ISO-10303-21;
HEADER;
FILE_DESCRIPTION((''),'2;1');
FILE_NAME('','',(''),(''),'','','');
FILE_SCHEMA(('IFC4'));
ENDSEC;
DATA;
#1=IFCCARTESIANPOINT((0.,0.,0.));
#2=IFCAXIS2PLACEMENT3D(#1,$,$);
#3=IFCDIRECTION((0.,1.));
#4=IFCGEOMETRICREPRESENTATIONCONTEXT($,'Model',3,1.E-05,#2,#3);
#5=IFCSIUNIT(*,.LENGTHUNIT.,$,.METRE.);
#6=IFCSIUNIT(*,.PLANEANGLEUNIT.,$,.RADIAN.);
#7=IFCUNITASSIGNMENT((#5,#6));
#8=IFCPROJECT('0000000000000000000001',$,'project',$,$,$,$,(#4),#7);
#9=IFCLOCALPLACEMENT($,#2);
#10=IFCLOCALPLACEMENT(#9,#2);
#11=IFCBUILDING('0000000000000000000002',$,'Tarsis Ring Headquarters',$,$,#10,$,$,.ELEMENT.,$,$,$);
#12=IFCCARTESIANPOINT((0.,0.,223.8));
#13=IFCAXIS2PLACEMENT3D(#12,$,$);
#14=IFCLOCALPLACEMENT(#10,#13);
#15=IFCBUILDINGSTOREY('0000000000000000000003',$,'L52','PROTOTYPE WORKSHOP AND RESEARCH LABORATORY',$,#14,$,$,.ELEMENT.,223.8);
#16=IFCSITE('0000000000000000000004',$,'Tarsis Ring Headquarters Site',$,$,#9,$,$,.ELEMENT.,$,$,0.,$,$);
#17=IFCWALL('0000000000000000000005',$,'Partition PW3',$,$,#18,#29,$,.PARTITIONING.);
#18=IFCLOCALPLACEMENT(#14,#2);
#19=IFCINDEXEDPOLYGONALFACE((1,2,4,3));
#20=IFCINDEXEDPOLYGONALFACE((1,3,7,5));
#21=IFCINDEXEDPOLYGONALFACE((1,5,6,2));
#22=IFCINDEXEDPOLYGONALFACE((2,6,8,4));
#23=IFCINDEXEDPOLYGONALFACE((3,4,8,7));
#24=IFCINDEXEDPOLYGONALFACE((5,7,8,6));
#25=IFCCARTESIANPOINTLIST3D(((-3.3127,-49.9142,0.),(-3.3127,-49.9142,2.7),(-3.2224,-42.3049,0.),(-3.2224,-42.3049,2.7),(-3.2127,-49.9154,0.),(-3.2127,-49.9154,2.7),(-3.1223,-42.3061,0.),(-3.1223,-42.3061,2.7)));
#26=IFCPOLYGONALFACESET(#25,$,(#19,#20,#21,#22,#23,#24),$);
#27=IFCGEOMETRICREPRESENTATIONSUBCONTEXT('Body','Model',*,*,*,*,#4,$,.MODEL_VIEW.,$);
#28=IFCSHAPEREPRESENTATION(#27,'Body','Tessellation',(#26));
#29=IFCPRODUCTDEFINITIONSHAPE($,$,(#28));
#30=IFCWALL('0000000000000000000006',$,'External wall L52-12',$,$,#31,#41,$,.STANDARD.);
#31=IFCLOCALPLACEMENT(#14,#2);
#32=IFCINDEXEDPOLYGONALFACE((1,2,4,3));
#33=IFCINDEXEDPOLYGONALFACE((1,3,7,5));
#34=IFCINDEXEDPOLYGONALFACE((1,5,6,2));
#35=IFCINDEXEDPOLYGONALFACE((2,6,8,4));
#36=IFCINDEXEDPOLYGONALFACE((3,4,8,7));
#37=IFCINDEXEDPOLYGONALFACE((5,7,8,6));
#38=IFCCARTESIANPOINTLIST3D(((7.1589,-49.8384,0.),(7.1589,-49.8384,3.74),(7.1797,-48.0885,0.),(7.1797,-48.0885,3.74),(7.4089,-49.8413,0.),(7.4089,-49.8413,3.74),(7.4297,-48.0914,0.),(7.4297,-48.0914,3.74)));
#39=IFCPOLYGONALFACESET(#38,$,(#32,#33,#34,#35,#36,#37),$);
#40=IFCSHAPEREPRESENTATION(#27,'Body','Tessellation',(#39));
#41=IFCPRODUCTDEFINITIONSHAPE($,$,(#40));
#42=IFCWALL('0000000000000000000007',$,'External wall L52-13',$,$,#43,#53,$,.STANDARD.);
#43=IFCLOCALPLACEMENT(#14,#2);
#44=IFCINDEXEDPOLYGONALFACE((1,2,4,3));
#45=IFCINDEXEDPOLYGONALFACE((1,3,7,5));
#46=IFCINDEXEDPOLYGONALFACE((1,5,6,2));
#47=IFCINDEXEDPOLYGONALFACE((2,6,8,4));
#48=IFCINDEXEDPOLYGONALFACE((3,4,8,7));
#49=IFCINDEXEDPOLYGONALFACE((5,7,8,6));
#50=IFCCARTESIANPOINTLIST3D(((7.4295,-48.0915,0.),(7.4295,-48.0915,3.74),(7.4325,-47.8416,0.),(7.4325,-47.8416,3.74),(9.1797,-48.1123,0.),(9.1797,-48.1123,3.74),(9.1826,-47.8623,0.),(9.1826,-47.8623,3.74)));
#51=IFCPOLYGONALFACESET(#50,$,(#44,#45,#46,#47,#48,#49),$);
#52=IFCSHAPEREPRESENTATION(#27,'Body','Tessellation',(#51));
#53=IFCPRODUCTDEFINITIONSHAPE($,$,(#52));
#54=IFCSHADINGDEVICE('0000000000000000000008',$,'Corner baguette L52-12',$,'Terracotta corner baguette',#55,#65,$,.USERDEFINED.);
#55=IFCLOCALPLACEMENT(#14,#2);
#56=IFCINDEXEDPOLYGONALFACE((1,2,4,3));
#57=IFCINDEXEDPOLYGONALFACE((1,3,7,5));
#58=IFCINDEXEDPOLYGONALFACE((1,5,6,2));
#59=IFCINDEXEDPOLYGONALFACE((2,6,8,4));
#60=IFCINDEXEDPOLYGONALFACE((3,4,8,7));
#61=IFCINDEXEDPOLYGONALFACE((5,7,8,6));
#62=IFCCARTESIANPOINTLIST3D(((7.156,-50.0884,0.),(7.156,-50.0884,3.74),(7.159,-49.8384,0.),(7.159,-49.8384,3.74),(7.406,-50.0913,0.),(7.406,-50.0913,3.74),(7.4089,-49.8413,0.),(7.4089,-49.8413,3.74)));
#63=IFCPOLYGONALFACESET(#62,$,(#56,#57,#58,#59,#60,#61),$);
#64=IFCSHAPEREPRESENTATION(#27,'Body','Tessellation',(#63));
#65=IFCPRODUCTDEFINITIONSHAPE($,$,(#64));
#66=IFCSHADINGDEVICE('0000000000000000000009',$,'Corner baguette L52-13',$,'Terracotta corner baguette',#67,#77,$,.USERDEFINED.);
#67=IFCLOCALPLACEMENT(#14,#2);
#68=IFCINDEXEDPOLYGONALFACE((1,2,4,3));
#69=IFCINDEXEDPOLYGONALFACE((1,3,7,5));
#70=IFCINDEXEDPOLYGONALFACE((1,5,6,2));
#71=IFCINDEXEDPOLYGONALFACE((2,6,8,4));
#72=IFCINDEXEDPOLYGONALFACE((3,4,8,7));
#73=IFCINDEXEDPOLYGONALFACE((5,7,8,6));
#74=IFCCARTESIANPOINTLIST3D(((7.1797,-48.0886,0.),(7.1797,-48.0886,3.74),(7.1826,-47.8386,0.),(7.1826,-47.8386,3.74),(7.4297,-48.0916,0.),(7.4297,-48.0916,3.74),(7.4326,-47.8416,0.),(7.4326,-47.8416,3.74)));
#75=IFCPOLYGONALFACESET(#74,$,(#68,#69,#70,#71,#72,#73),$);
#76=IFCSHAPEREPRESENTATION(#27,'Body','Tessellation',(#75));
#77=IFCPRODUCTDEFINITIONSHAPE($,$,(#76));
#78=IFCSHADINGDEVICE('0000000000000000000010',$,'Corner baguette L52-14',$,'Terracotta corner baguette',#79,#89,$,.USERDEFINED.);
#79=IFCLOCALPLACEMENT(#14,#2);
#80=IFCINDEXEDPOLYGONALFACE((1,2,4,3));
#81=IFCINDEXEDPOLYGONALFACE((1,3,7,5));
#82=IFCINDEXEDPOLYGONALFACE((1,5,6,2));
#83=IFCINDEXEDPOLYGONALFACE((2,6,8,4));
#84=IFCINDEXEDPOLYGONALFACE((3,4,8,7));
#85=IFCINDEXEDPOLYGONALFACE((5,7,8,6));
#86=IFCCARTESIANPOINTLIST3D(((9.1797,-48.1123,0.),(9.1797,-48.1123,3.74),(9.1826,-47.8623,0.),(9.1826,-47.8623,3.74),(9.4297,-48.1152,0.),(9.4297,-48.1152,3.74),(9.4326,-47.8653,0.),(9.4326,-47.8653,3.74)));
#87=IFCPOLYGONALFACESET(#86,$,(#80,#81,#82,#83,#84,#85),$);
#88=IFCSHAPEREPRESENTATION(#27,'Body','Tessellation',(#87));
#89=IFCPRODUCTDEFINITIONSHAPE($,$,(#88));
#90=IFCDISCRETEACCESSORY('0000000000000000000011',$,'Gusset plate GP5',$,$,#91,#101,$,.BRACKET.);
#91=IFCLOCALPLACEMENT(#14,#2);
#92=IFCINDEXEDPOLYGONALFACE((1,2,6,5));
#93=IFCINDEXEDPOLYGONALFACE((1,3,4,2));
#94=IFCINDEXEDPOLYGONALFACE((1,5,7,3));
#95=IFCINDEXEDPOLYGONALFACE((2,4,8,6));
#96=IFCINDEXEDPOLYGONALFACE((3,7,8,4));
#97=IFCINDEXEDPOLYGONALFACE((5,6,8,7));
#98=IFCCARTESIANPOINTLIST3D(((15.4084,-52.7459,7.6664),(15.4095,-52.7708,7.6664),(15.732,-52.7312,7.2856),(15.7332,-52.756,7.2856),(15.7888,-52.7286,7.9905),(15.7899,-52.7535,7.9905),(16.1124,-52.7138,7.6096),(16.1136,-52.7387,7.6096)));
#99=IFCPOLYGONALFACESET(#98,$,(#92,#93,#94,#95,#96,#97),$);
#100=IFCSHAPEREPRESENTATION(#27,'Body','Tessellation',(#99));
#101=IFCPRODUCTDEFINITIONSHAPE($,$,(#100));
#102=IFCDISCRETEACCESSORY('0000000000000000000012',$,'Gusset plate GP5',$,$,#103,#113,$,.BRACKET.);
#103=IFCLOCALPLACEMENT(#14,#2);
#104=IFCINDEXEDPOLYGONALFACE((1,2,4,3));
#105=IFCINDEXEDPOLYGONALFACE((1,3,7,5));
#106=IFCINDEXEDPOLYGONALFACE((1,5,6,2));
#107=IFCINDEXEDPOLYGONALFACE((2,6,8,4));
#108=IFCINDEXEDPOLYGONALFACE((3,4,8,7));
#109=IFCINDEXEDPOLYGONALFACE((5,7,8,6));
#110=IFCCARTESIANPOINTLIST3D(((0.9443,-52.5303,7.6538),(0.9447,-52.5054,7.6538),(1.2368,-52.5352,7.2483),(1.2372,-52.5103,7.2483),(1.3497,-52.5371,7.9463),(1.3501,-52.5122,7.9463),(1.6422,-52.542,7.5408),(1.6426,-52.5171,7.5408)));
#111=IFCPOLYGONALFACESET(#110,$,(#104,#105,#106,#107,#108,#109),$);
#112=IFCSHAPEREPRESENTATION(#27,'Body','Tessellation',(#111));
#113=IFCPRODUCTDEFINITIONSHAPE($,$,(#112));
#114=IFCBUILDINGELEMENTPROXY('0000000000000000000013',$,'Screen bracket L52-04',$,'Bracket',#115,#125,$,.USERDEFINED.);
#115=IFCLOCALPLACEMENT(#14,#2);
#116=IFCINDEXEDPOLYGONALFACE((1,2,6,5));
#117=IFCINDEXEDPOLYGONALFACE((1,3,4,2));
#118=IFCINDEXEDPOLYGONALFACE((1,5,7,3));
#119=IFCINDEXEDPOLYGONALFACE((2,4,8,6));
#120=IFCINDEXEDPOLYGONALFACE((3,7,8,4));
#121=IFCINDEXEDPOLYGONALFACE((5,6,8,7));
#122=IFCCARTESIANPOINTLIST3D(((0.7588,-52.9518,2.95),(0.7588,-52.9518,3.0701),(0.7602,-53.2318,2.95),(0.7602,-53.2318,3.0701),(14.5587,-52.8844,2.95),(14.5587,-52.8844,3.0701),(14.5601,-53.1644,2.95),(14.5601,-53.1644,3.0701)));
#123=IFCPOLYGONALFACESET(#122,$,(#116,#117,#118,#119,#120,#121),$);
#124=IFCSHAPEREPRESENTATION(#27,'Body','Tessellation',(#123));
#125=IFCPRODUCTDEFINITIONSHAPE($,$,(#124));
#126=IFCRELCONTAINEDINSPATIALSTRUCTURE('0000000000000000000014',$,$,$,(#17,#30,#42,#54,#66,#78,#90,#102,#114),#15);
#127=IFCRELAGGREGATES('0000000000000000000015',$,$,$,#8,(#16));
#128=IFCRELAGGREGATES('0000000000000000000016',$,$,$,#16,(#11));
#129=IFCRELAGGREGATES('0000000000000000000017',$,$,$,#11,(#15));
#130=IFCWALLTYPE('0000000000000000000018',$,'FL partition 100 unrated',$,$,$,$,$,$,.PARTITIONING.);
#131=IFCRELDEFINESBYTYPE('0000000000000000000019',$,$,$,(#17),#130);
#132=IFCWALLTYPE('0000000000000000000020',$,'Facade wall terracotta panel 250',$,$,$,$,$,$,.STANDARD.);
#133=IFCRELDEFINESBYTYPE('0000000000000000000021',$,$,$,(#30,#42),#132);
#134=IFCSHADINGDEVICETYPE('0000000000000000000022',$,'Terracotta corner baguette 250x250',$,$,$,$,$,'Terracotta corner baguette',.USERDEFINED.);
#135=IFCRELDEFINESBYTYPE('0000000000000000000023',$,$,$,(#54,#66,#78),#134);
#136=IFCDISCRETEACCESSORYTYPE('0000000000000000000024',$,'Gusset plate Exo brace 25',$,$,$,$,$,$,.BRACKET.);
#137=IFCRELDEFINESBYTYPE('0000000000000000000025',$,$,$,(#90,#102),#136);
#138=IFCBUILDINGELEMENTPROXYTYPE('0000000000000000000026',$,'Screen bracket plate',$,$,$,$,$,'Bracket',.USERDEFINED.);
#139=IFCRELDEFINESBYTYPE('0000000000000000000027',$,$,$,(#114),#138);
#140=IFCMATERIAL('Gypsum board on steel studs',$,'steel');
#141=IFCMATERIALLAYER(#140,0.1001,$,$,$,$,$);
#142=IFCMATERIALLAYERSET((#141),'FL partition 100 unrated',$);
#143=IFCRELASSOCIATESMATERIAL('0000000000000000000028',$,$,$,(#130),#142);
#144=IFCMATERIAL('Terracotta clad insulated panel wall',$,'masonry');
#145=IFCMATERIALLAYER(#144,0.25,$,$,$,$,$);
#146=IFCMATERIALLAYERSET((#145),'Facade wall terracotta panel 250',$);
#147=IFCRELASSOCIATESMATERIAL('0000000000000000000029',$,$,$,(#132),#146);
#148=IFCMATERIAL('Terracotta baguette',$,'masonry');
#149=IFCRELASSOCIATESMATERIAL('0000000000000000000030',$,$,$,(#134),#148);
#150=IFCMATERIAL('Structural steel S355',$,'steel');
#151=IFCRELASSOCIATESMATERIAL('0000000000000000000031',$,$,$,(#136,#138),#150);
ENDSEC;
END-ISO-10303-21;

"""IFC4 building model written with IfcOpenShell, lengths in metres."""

from ifc_helpers import new_model, si_unit, direction, frame, frame_2d, origin, origin_2d, place, context, subcontext, project, spatial, rectangle, extrude, material, layer, layer_set, material_profile, profile_set, type_object, element, save


model = new_model("IFC4")

# Units and contexts
model_context = context("Model", 3, precision=1e-05, world=origin(), true_north=direction((0.0, 1.0)))
body_context = subcontext(model_context, "Body", "Model", "MODEL_VIEW")
ifc_project = project(units=[si_unit("LENGTHUNIT", "METRE"), si_unit("PLANEANGLEUNIT", "RADIAN")], contexts=[model_context])

# Site, building, storey
site_placement = place(None, origin())
site = spatial("IfcSite", under=ifc_project, at=site_placement, Name="Tarsis Ring Headquarters Site", CompositionType="ELEMENT", RefElevation=0.0)
building_placement = place(site_placement, origin())
building = spatial("IfcBuilding", under=site, at=building_placement, Name="Tarsis Ring Headquarters", CompositionType="ELEMENT")
storey_placement = place(building_placement, frame((0.0, 0.0, 223.8)))
storey = spatial("IfcBuildingStorey", under=building, at=storey_placement, Name="L52", Description="PROTOTYPE WORKSHOP AND RESEARCH LABORATORY", CompositionType="ELEMENT", Elevation=223.8)

# Shared definitions
ifc_material_1 = material(Name="Structural steel S355", Category="steel")

# Walls
ifc_material_2 = material(Name="Gypsum board on steel studs", Category="steel")
ifc_layer_1 = layer(ifc_material_2, 0.1001)
ifc_layer_set_1 = layer_set([ifc_layer_1], Name="FL partition 100 unrated")
wall_type_1 = type_object("IfcWallType", Name="FL partition 100 unrated", PredefinedType="PARTITIONING", material=ifc_layer_set_1)
wall_1_placement = place(storey_placement, frame((-3.2627, -49.9148, 0.0), z_axis=(0.0, 0.0, 1.0), x_axis=(0.01187, 0.99993, 0.0)))
element("IfcWall", 1, at=wall_1_placement, inside=storey, type_object=wall_type_1, Name="Partition PW3", PredefinedType="PARTITIONING", context=body_context, shape_type="SweptSolid", body=[
    extrude(rectangle(XDim=7.6099, YDim=0.1001, at=frame_2d((3.8049, 0.0))), origin(), (0.0, 0.0, 1.0), 2.7),
])
ifc_material_3 = material(Name="Terracotta clad insulated panel wall", Category="masonry")
ifc_layer_2 = layer(ifc_material_3, 0.25)
ifc_layer_set_2 = layer_set([ifc_layer_2], Name="Facade wall terracotta panel 250")
wall_type_2 = type_object("IfcWallType", Name="Facade wall terracotta panel 250", PredefinedType="STANDARD", material=ifc_layer_set_2)
wall_2_placement = place(storey_placement, frame((7.2839, -49.8398, 0.0), z_axis=(0.0, 0.0, 1.0), x_axis=(0.011859, 0.99993, 0.0)))
element("IfcWall", 2, at=wall_2_placement, inside=storey, type_object=wall_type_2, Name="External wall L52-12", PredefinedType="STANDARD", context=body_context, shape_type="SweptSolid", body=[
    extrude(rectangle(XDim=1.75, YDim=0.25, at=frame_2d((0.875, 0.0))), origin(), (0.0, 0.0, 1.0), 3.74),
])
wall_3_placement = place(storey_placement, frame((7.4312, -47.9666, 0.0), z_axis=(0.0, 0.0, 1.0), x_axis=(0.99993, -0.011857, 0.0)))
element("IfcWall", 3, at=wall_3_placement, inside=storey, type_object=wall_type_2, Name="External wall L52-13", PredefinedType="STANDARD", context=body_context, shape_type="SweptSolid", body=[
    extrude(rectangle(XDim=1.7502, YDim=0.25, at=frame_2d((0.875, 0.0))), origin(), (0.0, 0.0, 1.0), 3.74),
])

# Shading devices
ifc_material_4 = material(Name="Terracotta baguette", Category="masonry")
shading_device_type_1 = type_object("IfcShadingDeviceType", Name="Terracotta corner baguette 250x250", ElementType="Terracotta corner baguette", PredefinedType="USERDEFINED", material=ifc_material_4)
for number, where, z_axis, x_axis, name in (
    (4, (7.2825, -49.9648, 0.0), (0.0, 0.0, 1.0), (0.99993, -0.011868, 0.0), "Corner baguette L52-12"),
    (5, (7.3062, -47.9651, 0.0), (0.0, 0.0, 1.0), (0.011868, 0.99993, 0.0), "Corner baguette L52-13"),
    (6, (9.3062, -47.9888, 0.0), (0.0, 0.0, 1.0), (0.99993, -0.011868, 0.0), "Corner baguette L52-14"),
):
    element("IfcShadingDevice", number, at=place(storey_placement, frame(where, z_axis=z_axis, x_axis=x_axis)), inside=storey, type_object=shading_device_type_1, Name=name, ObjectType="Terracotta corner baguette", PredefinedType="USERDEFINED", context=body_context, shape_type="SweptSolid", body=[
        extrude(rectangle(XDim=0.25, YDim=0.25, at=origin_2d()), origin(), (0.0, 0.0, 1.0), 3.74),
    ])

# Discrete accessories
ifc_material_profile_1 = material_profile(ifc_material_1, rectangle(XDim=0.0249, YDim=0.5, at=origin_2d()), Name="PL 25x500")
ifc_profile_set_1 = profile_set([ifc_material_profile_1], Name="Structural steel S355")
discrete_accessory_type = type_object("IfcDiscreteAccessoryType", Name="Gusset plate Exo brace 25", PredefinedType="BRACKET", material=ifc_profile_set_1)
for number, where, z_axis, x_axis, name in (
    (7, (15.9512, -52.7336, 7.8), (-0.76083, -0.034672, -0.648024), (0.045524, -0.998963, 0.0), "Gusset plate GP5"),
    (8, (1.1472, -52.5212, 7.8), (0.584946, -0.009765, -0.811014), (0.016692, 0.999861, 0.0), "Gusset plate GP5"),
):
    element("IfcDiscreteAccessory", number, at=place(storey_placement, frame(where, z_axis=z_axis, x_axis=x_axis)), inside=storey, type_object=discrete_accessory_type, Name=name, PredefinedType="BRACKET", context=body_context, shape_type="SweptSolid", body=[
        extrude(rectangle(XDim=0.0249, YDim=0.5, at=origin_2d()), origin(), (0.0, 0.0, 1.0), 0.5),
    ])

# Building element proxy
building_element_proxy_type = type_object("IfcBuildingElementProxyType", Name="Screen bracket plate", ElementType="Bracket", PredefinedType="USERDEFINED", material=ifc_material_1)
proxy_placement = place(storey_placement, frame((7.6594, -53.0581, 2.95), z_axis=(0.0, 0.0, 1.0), x_axis=(0.999988, 0.004887, 0.0)))
element("IfcBuildingElementProxy", 9, at=proxy_placement, inside=storey, type_object=building_element_proxy_type, Name="Screen bracket L52-04", ObjectType="Bracket", PredefinedType="USERDEFINED", context=body_context, shape_type="SweptSolid", body=[
    extrude(rectangle(XDim=13.8, YDim=0.28, at=origin_2d()), origin(), (0.0, 0.0, 1.0), 0.1201),
])

save(model, "model.ifc")
